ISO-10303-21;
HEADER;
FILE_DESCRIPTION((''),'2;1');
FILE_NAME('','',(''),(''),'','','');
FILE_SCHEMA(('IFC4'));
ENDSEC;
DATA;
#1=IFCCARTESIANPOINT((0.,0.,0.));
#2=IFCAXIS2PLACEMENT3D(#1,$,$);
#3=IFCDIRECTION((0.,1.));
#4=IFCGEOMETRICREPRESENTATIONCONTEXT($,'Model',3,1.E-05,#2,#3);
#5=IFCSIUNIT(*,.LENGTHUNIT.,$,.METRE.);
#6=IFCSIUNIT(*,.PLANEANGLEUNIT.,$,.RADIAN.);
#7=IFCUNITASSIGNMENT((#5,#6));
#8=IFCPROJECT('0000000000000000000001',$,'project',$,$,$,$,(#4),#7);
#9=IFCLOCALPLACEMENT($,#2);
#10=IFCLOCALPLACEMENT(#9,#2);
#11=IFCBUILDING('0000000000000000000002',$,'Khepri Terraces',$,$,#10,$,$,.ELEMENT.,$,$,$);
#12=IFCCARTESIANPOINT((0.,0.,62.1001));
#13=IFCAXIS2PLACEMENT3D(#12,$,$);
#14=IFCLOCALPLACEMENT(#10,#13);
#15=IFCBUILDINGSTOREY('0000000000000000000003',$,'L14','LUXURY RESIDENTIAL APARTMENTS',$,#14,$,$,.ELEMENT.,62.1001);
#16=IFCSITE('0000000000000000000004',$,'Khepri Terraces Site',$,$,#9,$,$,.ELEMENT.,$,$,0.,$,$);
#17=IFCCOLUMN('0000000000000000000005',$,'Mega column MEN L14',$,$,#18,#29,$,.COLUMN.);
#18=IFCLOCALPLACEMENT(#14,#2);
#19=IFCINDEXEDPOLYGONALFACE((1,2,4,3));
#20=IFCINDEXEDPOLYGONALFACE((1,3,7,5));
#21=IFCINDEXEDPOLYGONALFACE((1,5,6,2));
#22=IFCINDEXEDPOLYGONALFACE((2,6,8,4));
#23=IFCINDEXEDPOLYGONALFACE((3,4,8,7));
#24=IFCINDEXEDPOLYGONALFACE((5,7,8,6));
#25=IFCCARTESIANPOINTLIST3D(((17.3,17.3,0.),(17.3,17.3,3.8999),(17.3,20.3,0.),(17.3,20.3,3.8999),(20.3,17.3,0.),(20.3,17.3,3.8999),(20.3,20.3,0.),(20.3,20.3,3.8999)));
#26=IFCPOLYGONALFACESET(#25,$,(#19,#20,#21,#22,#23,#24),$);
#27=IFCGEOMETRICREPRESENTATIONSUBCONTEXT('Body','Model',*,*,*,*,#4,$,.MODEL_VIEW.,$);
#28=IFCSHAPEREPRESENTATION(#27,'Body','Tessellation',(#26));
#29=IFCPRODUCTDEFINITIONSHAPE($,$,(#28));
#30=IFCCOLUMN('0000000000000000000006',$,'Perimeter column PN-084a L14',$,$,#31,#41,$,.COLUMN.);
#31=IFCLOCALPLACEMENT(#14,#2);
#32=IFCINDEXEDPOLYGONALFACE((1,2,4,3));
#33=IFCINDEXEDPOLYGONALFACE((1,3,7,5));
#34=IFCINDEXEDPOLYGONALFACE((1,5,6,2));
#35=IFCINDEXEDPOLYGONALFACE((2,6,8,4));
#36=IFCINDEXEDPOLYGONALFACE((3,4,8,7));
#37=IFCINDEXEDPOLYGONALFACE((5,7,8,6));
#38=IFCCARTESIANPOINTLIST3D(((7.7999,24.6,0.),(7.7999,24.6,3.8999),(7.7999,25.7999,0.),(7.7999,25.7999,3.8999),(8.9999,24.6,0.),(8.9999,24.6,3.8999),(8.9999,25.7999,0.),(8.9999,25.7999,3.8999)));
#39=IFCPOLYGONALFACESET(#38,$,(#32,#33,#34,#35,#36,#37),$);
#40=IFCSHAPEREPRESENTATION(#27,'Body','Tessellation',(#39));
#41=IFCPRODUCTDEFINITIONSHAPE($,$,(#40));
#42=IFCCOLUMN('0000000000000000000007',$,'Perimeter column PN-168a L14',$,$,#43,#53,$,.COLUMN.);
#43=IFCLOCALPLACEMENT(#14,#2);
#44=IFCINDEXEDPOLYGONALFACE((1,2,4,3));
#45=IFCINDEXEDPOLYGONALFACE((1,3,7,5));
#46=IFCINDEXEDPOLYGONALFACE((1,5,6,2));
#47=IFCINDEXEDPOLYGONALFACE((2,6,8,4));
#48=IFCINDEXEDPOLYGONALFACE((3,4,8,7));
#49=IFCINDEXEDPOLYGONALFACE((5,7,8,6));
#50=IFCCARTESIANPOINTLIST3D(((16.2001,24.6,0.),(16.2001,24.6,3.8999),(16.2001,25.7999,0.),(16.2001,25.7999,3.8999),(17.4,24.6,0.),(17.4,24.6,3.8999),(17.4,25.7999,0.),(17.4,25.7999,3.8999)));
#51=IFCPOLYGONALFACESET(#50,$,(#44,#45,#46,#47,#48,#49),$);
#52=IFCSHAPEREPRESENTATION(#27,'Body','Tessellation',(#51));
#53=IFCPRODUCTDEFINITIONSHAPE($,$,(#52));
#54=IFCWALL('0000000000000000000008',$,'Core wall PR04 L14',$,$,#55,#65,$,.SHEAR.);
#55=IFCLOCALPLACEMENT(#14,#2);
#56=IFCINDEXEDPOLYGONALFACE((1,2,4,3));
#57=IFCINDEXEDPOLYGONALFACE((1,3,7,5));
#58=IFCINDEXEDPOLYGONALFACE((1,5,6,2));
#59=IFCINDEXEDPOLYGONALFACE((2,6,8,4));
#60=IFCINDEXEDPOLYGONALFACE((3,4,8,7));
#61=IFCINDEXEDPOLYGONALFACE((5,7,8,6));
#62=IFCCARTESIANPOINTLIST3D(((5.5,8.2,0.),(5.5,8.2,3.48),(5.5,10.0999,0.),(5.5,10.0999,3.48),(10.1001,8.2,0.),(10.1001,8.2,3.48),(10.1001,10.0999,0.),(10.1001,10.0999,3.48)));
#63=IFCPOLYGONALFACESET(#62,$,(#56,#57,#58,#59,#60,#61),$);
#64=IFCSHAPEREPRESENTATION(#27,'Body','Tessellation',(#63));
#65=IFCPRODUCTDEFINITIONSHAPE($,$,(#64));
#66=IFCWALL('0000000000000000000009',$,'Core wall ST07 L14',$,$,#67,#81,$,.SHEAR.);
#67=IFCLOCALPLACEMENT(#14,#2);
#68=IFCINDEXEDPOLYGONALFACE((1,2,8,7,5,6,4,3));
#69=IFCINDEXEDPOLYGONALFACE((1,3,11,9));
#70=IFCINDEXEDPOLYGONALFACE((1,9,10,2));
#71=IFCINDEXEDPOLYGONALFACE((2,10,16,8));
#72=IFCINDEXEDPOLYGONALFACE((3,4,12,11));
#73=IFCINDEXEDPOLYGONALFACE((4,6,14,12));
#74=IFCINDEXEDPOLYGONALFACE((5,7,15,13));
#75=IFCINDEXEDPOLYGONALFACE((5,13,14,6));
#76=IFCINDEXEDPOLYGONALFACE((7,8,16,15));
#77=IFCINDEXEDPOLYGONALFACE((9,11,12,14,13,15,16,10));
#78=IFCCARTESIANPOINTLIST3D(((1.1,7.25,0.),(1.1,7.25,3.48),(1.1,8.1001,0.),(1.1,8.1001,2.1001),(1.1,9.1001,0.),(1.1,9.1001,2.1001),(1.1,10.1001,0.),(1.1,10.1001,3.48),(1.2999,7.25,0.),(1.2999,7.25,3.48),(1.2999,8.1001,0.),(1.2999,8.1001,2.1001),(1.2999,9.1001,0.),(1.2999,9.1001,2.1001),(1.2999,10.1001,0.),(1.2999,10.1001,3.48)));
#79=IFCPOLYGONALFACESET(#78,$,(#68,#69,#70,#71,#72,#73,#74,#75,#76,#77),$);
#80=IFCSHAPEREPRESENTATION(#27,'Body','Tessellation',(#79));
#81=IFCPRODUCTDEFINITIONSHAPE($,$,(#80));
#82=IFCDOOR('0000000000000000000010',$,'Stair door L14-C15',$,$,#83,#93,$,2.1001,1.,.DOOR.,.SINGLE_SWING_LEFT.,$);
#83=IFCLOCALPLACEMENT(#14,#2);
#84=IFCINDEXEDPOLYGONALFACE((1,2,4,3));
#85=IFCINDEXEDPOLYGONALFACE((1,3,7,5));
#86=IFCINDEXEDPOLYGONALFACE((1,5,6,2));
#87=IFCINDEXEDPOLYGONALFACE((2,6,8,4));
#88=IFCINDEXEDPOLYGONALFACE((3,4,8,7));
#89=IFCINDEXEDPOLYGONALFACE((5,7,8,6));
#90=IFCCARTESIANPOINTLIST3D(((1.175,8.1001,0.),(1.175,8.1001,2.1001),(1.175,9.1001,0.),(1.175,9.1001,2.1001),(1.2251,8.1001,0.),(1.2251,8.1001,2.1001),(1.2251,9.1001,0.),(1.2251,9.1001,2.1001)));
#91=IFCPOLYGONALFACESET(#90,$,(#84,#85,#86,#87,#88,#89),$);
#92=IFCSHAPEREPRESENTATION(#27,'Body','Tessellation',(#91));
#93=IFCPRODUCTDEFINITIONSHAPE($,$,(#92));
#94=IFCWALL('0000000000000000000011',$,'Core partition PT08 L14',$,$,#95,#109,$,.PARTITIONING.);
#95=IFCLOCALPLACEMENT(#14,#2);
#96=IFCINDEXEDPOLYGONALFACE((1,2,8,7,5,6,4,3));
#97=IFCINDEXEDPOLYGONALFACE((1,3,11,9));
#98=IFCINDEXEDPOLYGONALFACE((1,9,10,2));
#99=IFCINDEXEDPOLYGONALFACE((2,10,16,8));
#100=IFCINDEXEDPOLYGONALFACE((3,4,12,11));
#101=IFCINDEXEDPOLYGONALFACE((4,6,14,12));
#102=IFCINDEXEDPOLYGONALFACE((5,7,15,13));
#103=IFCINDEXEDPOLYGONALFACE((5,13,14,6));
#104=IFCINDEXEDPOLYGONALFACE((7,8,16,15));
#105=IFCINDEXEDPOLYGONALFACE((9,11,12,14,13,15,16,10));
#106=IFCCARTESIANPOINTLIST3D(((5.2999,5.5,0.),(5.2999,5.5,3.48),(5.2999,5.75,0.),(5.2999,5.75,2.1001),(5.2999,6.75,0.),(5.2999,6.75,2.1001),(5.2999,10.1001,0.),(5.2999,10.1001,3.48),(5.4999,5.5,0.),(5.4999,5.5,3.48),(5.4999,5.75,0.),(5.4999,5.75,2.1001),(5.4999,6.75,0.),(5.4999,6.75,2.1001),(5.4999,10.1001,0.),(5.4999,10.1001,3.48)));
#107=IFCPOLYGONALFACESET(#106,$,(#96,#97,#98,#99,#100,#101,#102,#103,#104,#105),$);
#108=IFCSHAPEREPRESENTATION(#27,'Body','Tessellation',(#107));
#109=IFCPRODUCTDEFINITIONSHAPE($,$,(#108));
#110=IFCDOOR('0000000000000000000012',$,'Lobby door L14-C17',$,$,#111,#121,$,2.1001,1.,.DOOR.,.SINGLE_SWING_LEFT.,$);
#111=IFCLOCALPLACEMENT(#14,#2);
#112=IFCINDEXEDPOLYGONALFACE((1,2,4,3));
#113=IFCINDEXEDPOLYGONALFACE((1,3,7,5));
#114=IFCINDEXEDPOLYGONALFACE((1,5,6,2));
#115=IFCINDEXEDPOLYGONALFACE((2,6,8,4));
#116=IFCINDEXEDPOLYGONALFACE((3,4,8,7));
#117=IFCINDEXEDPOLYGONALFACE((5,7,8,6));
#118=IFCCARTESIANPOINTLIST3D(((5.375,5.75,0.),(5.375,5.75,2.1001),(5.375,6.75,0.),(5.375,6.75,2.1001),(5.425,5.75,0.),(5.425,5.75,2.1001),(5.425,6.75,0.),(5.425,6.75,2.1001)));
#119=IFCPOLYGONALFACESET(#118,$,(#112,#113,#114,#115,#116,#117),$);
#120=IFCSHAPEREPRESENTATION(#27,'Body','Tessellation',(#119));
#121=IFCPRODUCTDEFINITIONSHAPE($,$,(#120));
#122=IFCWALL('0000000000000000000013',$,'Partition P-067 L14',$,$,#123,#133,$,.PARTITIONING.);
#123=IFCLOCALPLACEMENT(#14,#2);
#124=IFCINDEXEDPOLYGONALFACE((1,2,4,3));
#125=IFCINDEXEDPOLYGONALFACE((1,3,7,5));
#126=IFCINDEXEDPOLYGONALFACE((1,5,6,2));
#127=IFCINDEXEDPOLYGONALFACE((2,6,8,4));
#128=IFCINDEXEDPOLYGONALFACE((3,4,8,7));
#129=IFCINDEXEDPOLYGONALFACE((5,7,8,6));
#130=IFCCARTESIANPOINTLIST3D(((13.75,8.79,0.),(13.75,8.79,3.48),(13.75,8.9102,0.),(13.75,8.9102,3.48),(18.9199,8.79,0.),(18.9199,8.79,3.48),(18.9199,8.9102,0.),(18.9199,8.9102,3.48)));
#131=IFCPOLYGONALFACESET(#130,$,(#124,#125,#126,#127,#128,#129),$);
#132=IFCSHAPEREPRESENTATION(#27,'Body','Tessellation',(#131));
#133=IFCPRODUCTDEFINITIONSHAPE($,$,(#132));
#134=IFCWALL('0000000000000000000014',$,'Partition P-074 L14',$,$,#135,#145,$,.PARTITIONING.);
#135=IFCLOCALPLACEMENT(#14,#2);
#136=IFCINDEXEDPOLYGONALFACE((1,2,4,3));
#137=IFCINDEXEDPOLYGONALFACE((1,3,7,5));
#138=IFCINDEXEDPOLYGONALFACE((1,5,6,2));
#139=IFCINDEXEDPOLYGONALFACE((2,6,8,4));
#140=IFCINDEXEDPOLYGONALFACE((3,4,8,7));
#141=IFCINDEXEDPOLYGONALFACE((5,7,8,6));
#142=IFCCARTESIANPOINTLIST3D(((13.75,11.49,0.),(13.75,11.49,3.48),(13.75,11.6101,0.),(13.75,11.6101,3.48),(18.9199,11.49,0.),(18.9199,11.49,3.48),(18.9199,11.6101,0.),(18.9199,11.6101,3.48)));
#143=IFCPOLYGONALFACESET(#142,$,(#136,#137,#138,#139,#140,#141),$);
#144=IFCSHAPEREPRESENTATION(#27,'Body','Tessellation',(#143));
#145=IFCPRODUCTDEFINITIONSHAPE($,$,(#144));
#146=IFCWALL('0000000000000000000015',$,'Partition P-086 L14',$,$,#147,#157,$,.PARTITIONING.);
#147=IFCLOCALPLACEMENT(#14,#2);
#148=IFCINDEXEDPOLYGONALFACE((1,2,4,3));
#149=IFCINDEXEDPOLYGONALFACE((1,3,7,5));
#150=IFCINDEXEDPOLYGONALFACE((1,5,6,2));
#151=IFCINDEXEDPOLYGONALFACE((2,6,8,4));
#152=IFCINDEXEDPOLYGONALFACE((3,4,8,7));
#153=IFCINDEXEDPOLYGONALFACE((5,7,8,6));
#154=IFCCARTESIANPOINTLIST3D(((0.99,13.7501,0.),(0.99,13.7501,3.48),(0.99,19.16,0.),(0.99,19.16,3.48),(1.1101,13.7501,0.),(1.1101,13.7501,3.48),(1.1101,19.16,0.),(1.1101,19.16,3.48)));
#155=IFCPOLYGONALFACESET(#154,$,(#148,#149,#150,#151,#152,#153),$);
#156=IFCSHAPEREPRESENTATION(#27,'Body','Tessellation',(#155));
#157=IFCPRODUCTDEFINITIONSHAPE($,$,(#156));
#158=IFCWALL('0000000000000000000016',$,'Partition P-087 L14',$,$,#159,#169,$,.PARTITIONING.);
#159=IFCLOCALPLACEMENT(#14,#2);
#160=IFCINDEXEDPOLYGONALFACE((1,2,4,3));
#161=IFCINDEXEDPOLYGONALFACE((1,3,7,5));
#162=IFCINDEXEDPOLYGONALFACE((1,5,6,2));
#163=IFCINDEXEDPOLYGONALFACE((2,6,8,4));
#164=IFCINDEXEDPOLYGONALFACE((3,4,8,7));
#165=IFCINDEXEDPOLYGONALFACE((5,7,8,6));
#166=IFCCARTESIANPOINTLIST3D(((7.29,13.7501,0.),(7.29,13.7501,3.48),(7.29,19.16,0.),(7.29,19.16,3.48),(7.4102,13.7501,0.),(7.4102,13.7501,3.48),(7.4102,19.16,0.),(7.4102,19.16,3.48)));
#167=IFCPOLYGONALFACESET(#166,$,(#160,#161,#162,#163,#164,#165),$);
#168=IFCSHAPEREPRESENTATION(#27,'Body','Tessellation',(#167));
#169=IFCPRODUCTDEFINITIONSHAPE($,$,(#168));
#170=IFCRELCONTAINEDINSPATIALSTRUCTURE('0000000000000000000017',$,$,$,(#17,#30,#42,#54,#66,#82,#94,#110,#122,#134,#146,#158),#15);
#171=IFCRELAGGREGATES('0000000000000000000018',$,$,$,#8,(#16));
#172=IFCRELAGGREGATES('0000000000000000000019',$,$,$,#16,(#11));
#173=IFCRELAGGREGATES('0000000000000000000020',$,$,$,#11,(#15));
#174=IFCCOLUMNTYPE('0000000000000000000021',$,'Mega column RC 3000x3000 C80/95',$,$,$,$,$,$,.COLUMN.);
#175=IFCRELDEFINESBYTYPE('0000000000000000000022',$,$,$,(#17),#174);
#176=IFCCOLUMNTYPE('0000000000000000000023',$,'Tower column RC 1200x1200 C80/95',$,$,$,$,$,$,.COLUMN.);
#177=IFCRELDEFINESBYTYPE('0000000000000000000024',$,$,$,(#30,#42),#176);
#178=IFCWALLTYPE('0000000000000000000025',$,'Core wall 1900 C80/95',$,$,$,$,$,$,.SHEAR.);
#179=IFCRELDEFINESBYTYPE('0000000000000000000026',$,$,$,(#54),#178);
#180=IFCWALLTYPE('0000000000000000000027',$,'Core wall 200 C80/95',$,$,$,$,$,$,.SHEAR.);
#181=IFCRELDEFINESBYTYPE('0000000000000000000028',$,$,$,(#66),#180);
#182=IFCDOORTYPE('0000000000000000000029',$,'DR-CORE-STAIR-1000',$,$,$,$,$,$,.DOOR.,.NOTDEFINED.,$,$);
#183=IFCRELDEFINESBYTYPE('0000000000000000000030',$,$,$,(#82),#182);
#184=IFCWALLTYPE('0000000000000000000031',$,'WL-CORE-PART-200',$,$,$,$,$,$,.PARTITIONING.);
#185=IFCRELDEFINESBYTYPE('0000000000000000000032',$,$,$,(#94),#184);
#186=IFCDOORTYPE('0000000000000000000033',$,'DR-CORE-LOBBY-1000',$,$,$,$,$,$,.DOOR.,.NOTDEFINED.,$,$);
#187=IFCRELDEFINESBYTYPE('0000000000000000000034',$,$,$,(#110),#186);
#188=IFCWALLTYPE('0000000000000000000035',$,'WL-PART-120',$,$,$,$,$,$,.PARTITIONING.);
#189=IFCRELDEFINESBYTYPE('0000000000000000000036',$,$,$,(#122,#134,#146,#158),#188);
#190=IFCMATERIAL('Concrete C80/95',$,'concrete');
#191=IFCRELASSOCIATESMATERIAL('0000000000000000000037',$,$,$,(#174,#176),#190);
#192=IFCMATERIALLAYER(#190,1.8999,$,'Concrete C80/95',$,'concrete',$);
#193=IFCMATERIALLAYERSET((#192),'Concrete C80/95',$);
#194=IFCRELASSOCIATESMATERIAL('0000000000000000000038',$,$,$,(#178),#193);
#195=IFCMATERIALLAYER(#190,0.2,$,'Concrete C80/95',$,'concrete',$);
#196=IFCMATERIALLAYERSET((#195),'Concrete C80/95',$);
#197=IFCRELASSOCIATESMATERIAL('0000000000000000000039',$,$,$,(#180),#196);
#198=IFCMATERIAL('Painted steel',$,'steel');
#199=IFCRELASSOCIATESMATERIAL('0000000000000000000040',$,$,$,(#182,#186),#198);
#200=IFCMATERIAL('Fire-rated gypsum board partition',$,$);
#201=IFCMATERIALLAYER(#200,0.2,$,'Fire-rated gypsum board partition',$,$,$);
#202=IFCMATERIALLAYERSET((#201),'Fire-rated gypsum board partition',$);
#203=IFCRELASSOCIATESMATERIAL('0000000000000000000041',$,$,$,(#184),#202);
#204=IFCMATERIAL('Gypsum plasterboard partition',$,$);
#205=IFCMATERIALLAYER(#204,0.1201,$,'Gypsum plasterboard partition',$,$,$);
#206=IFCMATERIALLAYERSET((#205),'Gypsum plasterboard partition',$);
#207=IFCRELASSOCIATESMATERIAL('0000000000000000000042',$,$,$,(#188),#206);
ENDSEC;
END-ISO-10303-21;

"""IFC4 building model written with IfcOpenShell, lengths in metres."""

from ifc_helpers import new_model, si_unit, direction, frame, frame_2d, origin, origin_2d, place, context, subcontext, project, spatial, rectangle, extrude, material, layer, layer_set, material_profile, profile_set, type_object, element, fill, save


model = new_model("IFC4")

# Units and contexts
model_context = context("Model", 3, precision=1e-05, world=origin(), true_north=direction((0.0, 1.0)))
body_context = subcontext(model_context, "Body", "Model", "MODEL_VIEW")
ifc_project = project(units=[si_unit("LENGTHUNIT", "METRE"), si_unit("PLANEANGLEUNIT", "RADIAN")], contexts=[model_context])

# Site, building, storey
site_placement = place(None, origin())
site = spatial("IfcSite", under=ifc_project, at=site_placement, Name="Khepri Terraces Site", CompositionType="ELEMENT", RefElevation=0.0)
building_placement = place(site_placement, origin())
building = spatial("IfcBuilding", under=site, at=building_placement, Name="Khepri Terraces", CompositionType="ELEMENT")
storey_placement = place(building_placement, frame((0.0, 0.0, 62.1001)))
storey = spatial("IfcBuildingStorey", under=building, at=storey_placement, Name="L14", Description="LUXURY RESIDENTIAL APARTMENTS", CompositionType="ELEMENT", Elevation=62.1001)

# Columns
ifc_material_1 = material(Name="Concrete C80/95", Category="concrete")
ifc_material_profile_1 = material_profile(ifc_material_1, rectangle(XDim=3.0, YDim=3.0, at=origin_2d()), Name="Concrete C80/95", Category="concrete")
ifc_profile_set_1 = profile_set([ifc_material_profile_1], Name="Concrete C80/95")
column_type_1 = type_object("IfcColumnType", Name="Mega column RC 3000x3000 C80/95", PredefinedType="COLUMN", material=ifc_profile_set_1)
column_placement = place(storey_placement, frame((18.8, 18.8, 0.0), z_axis=(0.0, 0.0, 1.0), x_axis=(1.0, 0.0, 0.0)))
element("IfcColumn", 1, at=column_placement, inside=storey, type_object=column_type_1, Name="Mega column MEN L14", PredefinedType="COLUMN", context=body_context, shape_type="SweptSolid", body=[
    extrude(rectangle(XDim=3.0, YDim=3.0, at=origin_2d()), origin(), (0.0, 0.0, 1.0), 3.8999),
])
ifc_material_profile_2 = material_profile(ifc_material_1, rectangle(XDim=1.2, YDim=1.2, at=origin_2d()), Name="Concrete C80/95", Category="concrete")
ifc_profile_set_2 = profile_set([ifc_material_profile_2], Name="Concrete C80/95")
column_type_2 = type_object("IfcColumnType", Name="Tower column RC 1200x1200 C80/95", PredefinedType="COLUMN", material=ifc_profile_set_2)
for number, where, z_axis, x_axis, name in (
    (2, (8.3999, 25.2, 0.0), (0.0, 0.0, 1.0), (1.0, 0.0, 0.0), "Perimeter column PN-084a L14"),
    (3, (16.8, 25.2, 0.0), (0.0, 0.0, 1.0), (1.0, 0.0, 0.0), "Perimeter column PN-168a L14"),
):
    element("IfcColumn", number, at=place(storey_placement, frame(where, z_axis=z_axis, x_axis=x_axis)), inside=storey, type_object=column_type_2, Name=name, PredefinedType="COLUMN", context=body_context, shape_type="SweptSolid", body=[
        extrude(rectangle(XDim=1.2, YDim=1.2, at=origin_2d()), origin(), (0.0, 0.0, 1.0), 3.8999),
    ])

# Wall
ifc_layer_1 = layer(ifc_material_1, 1.8999, Name="Concrete C80/95", Category="concrete")
ifc_layer_set_1 = layer_set([ifc_layer_1], Name="Concrete C80/95")
wall_type_1 = type_object("IfcWallType", Name="Core wall 1900 C80/95", PredefinedType="SHEAR", material=ifc_layer_set_1)
wall_1_placement = place(storey_placement, frame((5.5, 9.1499, 0.0), z_axis=(0.0, 0.0, 1.0), x_axis=(1.0, 0.0, 0.0)))
element("IfcWall", 4, at=wall_1_placement, inside=storey, type_object=wall_type_1, Name="Core wall PR04 L14", PredefinedType="SHEAR", context=body_context, shape_type="SweptSolid", body=[
    extrude(rectangle(XDim=4.6001, YDim=1.8999, at=frame_2d((2.3, 0.0))), origin(), (0.0, 0.0, 1.0), 3.48),
])

# Walls, openings, doors
ifc_layer_2 = layer(ifc_material_1, 0.2, Name="Concrete C80/95", Category="concrete")
ifc_layer_set_2 = layer_set([ifc_layer_2], Name="Concrete C80/95")
wall_type_2 = type_object("IfcWallType", Name="Core wall 200 C80/95", PredefinedType="SHEAR", material=ifc_layer_set_2)
wall_2_placement = place(storey_placement, frame((1.2, 7.25, 0.0), z_axis=(0.0, 0.0, 1.0), x_axis=(0.0, 1.0, 0.0)))
wall_2 = element("IfcWall", 5, at=wall_2_placement, inside=storey, type_object=wall_type_2, Name="Core wall ST07 L14", PredefinedType="SHEAR", context=body_context, shape_type="SweptSolid", body=[
    extrude(rectangle(XDim=2.8501, YDim=0.2, at=frame_2d((1.425, 0.0))), origin(), (0.0, 0.0, 1.0), 3.48),
])
opening_1_placement = place(wall_2_placement, frame((0.8501, 0.0, 0.0)))
opening_1 = element("IfcOpeningElement", 6, at=opening_1_placement, cuts=wall_2, PredefinedType="OPENING", context=body_context, shape_type="SweptSolid", body=[
    extrude(rectangle(XDim=1.0, YDim=2.1001, at=frame_2d((0.5, 1.05))), frame((0.0, 0.1099, 0.0), z_axis=(0.0, -1.0, 0.0), x_axis=(1.0, 0.0, 0.0)), (0.0, 0.0, 1.0), 0.22),
])
ifc_material_2 = material(Name="Painted steel", Category="steel")
door_type_1 = type_object("IfcDoorType", Name="DR-CORE-STAIR-1000", OperationType="NOTDEFINED", PredefinedType="DOOR", material=ifc_material_2)
door_1_placement = place(opening_1_placement, origin())
door_1 = element("IfcDoor", 7, at=door_1_placement, inside=storey, type_object=door_type_1, Name="Stair door L14-C15", OperationType="SINGLE_SWING_LEFT", OverallHeight=2.1001, OverallWidth=1.0, PredefinedType="DOOR", context=body_context, shape_type="SweptSolid", body=[
    extrude(rectangle(XDim=1.0, YDim=2.1001, at=frame_2d((0.5, 1.05))), frame((0.0, 0.0249, 0.0), z_axis=(0.0, -1.0, 0.0), x_axis=(1.0, 0.0, 0.0)), (0.0, 0.0, 1.0), 0.05),
])
fill(opening_1, door_1)
ifc_material_3 = material(Name="Fire-rated gypsum board partition")
ifc_layer_3 = layer(ifc_material_3, 0.2, Name="Fire-rated gypsum board partition")
ifc_layer_set_3 = layer_set([ifc_layer_3], Name="Fire-rated gypsum board partition")
wall_type_3 = type_object("IfcWallType", Name="WL-CORE-PART-200", PredefinedType="PARTITIONING", material=ifc_layer_set_3)
wall_3_placement = place(storey_placement, frame((5.3999, 5.5, 0.0), z_axis=(0.0, 0.0, 1.0), x_axis=(0.0, 1.0, 0.0)))
wall_3 = element("IfcWall", 8, at=wall_3_placement, inside=storey, type_object=wall_type_3, Name="Core partition PT08 L14", PredefinedType="PARTITIONING", context=body_context, shape_type="SweptSolid", body=[
    extrude(rectangle(XDim=4.6001, YDim=0.2, at=frame_2d((2.3, 0.0))), origin(), (0.0, 0.0, 1.0), 3.48),
])
opening_2_placement = place(wall_3_placement, frame((0.25, 0.0, 0.0)))
opening_2 = element("IfcOpeningElement", 9, at=opening_2_placement, cuts=wall_3, PredefinedType="OPENING", context=body_context, shape_type="SweptSolid", body=[
    extrude(rectangle(XDim=1.0, YDim=2.1001, at=frame_2d((0.5, 1.05))), frame((0.0, 0.1099, 0.0), z_axis=(0.0, -1.0, 0.0), x_axis=(1.0, 0.0, 0.0)), (0.0, 0.0, 1.0), 0.22),
])
door_type_2 = type_object("IfcDoorType", Name="DR-CORE-LOBBY-1000", OperationType="NOTDEFINED", PredefinedType="DOOR", material=ifc_material_2)
door_2_placement = place(opening_2_placement, origin())
door_2 = element("IfcDoor", 10, at=door_2_placement, inside=storey, type_object=door_type_2, Name="Lobby door L14-C17", OperationType="SINGLE_SWING_LEFT", OverallHeight=2.1001, OverallWidth=1.0, PredefinedType="DOOR", context=body_context, shape_type="SweptSolid", body=[
    extrude(rectangle(XDim=1.0, YDim=2.1001, at=frame_2d((0.5, 1.05))), frame((0.0, 0.0249, 0.0), z_axis=(0.0, -1.0, 0.0), x_axis=(1.0, 0.0, 0.0)), (0.0, 0.0, 1.0), 0.05),
])
fill(opening_2, door_2)

# Walls
ifc_material_4 = material(Name="Gypsum plasterboard partition")
ifc_layer_4 = layer(ifc_material_4, 0.1201, Name="Gypsum plasterboard partition")
ifc_layer_set_4 = layer_set([ifc_layer_4], Name="Gypsum plasterboard partition")
wall_type_4 = type_object("IfcWallType", Name="WL-PART-120", PredefinedType="PARTITIONING", material=ifc_layer_set_4)
for number, where, z_axis, x_axis, name in (
    (11, (13.75, 8.8501, 0.0), (0.0, 0.0, 1.0), (1.0, 0.0, 0.0), "Partition P-067 L14"),
    (12, (13.75, 11.55, 0.0), (0.0, 0.0, 1.0), (1.0, 0.0, 0.0), "Partition P-074 L14"),
):
    element("IfcWall", number, at=place(storey_placement, frame(where, z_axis=z_axis, x_axis=x_axis)), inside=storey, type_object=wall_type_4, Name=name, PredefinedType="PARTITIONING", context=body_context, shape_type="SweptSolid", body=[
        extrude(rectangle(XDim=5.1699, YDim=0.1201, at=frame_2d((2.585, 0.0))), origin(), (0.0, 0.0, 1.0), 3.48),
    ])
for number, where, z_axis, x_axis, name in (
    (13, (1.05, 13.75, 0.0), (0.0, 0.0, 1.0), (0.0, 1.0, 0.0), "Partition P-086 L14"),
    (14, (7.3501, 13.75, 0.0), (0.0, 0.0, 1.0), (0.0, 1.0, 0.0), "Partition P-087 L14"),
):
    element("IfcWall", number, at=place(storey_placement, frame(where, z_axis=z_axis, x_axis=x_axis)), inside=storey, type_object=wall_type_4, Name=name, PredefinedType="PARTITIONING", context=body_context, shape_type="SweptSolid", body=[
        extrude(rectangle(XDim=5.4099, YDim=0.1201, at=frame_2d((2.7051, 0.0))), origin(), (0.0, 0.0, 1.0), 3.48),
    ])

save(model, "model.ifc")
